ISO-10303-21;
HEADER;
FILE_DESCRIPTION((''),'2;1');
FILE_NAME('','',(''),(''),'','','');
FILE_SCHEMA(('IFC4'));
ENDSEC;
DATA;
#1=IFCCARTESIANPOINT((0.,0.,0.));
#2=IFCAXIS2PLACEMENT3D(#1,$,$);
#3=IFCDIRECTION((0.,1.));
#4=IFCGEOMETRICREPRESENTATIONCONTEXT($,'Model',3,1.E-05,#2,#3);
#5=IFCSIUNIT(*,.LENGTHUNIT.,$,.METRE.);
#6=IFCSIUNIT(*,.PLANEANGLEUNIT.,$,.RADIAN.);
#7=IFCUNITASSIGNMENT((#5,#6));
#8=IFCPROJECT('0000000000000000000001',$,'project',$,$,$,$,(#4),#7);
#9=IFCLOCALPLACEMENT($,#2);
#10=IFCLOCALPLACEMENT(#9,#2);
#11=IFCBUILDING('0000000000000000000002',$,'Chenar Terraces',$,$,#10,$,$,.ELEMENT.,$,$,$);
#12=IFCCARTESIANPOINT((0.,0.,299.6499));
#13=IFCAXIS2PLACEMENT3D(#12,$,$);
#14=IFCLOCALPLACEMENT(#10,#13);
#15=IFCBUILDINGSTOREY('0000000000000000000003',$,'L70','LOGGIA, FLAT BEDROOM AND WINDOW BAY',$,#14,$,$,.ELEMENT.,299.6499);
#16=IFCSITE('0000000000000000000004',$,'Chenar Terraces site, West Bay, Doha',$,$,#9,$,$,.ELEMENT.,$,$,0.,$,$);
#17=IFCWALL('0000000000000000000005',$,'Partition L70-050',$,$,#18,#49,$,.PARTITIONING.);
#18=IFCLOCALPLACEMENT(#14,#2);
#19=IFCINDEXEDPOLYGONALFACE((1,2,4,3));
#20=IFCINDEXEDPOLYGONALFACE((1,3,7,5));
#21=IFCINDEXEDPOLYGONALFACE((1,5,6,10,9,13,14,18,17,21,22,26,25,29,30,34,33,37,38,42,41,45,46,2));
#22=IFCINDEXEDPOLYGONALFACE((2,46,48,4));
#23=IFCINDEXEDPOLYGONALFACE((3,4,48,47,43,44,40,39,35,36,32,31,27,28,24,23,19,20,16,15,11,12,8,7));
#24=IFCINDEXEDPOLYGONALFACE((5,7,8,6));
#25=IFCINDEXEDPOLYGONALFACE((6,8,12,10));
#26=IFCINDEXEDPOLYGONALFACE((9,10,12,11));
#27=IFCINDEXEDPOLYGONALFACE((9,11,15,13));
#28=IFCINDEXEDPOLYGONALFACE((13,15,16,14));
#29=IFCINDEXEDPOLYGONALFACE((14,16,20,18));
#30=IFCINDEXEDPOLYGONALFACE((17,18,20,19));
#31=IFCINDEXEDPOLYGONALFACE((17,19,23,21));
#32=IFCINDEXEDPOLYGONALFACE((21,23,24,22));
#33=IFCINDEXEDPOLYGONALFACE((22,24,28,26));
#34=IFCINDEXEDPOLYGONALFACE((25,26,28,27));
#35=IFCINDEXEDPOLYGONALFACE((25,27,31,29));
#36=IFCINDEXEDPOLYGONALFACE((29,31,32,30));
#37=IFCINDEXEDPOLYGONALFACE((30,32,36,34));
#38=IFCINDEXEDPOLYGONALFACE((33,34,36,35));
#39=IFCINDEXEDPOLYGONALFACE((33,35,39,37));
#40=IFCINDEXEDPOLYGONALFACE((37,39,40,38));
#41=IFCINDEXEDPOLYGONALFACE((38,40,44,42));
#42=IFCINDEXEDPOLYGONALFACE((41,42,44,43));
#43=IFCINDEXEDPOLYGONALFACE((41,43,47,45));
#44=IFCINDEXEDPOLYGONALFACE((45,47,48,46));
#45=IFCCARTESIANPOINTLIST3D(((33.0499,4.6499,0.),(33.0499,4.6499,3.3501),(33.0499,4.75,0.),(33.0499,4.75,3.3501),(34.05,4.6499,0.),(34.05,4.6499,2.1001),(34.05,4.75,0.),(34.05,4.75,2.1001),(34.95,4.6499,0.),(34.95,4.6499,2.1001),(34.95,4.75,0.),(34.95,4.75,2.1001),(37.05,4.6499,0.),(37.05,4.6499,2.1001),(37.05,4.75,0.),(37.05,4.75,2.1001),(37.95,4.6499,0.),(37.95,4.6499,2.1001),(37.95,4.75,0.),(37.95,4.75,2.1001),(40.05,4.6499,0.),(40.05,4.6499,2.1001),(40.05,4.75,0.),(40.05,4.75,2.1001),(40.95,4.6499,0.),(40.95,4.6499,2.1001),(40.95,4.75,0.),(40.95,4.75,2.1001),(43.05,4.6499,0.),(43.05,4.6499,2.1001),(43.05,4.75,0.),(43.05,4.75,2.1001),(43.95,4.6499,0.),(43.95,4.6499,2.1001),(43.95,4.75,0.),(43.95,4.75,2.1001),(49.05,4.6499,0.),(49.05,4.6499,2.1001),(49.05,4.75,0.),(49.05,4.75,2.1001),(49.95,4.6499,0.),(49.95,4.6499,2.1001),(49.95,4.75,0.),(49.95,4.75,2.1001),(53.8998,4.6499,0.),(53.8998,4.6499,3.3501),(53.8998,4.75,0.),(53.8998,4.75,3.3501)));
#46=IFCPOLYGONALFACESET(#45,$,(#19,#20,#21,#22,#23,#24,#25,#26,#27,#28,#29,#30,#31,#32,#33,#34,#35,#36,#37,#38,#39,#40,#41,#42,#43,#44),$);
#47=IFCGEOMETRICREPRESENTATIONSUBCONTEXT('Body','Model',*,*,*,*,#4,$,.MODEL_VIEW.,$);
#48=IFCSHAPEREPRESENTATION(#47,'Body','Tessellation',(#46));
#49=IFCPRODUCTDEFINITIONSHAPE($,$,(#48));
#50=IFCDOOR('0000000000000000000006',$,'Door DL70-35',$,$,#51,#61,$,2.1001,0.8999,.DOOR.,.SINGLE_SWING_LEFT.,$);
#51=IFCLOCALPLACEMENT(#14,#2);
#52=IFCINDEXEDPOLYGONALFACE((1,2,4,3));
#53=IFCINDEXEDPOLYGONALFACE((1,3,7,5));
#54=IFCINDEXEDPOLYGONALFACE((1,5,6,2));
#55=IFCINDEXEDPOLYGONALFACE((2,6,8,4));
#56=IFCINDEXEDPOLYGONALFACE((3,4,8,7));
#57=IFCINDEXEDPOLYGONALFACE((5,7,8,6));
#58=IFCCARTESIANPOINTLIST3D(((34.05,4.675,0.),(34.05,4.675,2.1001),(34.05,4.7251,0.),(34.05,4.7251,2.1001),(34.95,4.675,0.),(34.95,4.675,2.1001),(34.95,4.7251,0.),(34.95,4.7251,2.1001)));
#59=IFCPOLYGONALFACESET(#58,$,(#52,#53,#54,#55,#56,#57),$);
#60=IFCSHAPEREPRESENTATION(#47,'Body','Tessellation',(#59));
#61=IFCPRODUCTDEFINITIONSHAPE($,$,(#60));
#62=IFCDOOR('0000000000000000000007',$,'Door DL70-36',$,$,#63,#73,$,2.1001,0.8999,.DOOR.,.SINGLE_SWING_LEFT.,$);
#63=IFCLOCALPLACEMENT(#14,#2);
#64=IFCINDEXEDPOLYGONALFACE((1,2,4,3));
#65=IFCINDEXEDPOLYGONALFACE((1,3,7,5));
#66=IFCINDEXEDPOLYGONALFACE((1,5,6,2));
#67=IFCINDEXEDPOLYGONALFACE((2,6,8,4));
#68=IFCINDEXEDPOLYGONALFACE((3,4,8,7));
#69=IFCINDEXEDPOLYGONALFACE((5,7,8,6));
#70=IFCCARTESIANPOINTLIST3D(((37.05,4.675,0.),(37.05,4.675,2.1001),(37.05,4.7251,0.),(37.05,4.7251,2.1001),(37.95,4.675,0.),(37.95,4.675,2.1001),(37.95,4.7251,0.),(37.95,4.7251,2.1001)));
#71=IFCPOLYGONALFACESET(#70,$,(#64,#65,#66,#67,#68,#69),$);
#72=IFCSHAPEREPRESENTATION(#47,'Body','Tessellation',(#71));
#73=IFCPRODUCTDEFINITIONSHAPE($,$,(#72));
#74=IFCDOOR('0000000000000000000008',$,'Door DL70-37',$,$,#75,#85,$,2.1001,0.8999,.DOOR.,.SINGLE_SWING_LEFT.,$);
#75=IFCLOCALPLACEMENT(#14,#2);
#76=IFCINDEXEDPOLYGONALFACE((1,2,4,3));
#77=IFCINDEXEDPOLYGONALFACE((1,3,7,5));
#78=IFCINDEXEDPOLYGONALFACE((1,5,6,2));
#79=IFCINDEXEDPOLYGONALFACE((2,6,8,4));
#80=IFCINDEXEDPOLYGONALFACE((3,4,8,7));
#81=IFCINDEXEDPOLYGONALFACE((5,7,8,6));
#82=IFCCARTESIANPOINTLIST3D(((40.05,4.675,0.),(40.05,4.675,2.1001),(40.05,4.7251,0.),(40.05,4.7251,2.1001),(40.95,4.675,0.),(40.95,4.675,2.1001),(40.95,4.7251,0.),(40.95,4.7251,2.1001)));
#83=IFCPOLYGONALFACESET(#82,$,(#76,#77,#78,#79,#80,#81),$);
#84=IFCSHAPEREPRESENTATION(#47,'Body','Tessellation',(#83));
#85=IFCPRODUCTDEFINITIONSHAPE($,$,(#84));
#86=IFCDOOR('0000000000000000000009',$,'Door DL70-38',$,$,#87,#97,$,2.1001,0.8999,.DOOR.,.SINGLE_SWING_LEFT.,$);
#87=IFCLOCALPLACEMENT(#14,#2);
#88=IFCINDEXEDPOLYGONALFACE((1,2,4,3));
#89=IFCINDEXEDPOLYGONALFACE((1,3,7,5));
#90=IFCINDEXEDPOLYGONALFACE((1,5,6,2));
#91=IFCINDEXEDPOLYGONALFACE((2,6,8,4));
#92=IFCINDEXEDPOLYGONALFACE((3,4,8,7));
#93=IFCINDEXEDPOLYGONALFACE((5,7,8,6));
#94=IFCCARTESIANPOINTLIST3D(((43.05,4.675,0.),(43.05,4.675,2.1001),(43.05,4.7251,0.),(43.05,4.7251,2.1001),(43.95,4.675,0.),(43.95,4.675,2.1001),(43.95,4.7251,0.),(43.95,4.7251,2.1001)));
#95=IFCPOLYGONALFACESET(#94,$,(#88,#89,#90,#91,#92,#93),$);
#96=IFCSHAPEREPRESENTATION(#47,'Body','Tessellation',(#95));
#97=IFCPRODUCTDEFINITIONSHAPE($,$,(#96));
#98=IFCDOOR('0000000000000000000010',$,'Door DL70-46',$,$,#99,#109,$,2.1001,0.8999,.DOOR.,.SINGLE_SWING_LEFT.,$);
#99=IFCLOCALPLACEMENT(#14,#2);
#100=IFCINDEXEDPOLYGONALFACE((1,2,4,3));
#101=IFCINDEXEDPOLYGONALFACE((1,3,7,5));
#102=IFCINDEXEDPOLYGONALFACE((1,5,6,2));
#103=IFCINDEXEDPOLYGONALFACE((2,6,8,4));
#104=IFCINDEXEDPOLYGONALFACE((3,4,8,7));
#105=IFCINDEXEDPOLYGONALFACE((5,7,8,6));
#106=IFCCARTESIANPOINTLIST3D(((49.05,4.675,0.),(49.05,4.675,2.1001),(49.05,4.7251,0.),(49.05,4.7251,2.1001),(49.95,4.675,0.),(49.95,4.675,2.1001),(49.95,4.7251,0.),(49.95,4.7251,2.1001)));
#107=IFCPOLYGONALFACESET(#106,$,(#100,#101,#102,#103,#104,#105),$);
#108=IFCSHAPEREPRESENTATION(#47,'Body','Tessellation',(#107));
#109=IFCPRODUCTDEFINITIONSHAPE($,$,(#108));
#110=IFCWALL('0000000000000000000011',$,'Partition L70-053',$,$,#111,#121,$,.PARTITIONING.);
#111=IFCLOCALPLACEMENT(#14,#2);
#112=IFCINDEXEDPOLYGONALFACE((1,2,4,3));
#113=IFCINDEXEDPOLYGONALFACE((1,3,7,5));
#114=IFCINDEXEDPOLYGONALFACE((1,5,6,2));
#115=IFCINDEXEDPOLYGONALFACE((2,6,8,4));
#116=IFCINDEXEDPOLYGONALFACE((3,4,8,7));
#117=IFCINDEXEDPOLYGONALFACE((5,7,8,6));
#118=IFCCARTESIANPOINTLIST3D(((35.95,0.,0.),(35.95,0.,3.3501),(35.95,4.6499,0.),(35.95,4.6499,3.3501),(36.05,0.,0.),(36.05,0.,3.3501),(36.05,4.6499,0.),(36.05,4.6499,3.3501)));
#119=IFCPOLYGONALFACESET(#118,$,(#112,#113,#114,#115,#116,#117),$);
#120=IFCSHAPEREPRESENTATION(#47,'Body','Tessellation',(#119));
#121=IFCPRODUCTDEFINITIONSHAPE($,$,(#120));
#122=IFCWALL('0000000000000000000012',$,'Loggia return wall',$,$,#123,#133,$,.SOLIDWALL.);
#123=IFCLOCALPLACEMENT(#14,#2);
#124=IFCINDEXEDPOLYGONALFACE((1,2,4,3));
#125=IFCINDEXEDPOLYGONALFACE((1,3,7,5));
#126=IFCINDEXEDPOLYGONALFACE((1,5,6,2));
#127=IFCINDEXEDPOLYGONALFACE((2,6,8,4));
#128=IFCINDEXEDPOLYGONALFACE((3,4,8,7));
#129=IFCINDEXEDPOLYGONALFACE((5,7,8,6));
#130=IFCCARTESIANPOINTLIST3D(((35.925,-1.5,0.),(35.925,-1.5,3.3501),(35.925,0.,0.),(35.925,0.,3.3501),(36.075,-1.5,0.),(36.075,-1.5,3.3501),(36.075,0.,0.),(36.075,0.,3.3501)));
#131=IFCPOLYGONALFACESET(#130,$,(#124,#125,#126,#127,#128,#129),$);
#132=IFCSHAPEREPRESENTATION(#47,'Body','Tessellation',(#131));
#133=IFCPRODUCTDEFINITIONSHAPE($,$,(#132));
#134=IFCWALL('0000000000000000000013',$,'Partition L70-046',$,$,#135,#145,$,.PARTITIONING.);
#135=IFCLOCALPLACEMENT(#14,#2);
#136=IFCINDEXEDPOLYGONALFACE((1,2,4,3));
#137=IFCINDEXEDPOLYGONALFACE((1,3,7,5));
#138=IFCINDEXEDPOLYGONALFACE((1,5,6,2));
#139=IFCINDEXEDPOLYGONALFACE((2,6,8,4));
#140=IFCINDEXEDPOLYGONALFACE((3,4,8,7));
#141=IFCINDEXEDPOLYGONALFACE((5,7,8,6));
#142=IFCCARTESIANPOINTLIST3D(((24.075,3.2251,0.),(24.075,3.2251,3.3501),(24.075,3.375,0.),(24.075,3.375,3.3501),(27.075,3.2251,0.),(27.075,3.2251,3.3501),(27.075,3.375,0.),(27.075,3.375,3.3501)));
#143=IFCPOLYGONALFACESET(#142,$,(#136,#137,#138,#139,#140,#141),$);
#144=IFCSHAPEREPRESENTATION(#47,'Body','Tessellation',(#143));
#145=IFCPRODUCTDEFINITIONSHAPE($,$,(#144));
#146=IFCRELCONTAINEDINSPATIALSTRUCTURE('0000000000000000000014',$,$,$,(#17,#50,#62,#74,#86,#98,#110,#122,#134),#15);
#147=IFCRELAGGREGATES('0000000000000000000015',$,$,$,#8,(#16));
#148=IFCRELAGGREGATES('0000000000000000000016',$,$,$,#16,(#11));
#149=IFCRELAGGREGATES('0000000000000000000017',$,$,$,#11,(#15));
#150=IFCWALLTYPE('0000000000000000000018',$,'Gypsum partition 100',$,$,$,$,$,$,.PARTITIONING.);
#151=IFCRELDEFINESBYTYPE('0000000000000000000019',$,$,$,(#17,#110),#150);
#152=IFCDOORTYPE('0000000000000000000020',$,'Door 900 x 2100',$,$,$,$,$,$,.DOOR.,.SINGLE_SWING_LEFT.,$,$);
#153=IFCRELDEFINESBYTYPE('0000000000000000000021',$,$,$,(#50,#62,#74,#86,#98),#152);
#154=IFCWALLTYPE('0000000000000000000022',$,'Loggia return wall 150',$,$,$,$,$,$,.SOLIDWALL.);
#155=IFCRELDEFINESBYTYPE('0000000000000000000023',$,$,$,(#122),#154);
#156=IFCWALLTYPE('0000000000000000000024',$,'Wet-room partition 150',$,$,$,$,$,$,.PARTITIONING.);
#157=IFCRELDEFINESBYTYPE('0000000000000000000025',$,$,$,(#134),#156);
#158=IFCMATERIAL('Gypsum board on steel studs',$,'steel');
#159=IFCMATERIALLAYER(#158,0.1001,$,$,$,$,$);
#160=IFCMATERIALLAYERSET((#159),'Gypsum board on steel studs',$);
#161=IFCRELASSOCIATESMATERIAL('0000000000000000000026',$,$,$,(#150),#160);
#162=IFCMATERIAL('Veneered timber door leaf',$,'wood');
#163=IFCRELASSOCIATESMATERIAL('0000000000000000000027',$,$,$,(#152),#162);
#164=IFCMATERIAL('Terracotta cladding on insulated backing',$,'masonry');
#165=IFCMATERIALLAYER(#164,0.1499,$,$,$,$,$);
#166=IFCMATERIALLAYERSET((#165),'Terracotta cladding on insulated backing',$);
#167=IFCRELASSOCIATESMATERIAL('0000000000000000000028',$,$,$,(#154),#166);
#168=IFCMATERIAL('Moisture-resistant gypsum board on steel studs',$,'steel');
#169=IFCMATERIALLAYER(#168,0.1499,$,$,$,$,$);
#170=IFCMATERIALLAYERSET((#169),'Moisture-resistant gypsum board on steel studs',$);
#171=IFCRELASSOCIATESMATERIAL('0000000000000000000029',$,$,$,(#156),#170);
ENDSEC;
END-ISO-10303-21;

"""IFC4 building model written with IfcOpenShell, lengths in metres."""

from ifc_helpers import new_model, si_unit, direction, frame, frame_2d, origin, place, context, subcontext, project, spatial, rectangle, extrude, material, layer, layer_set, type_object, element, fill, save


model = new_model("IFC4")

# Units and contexts
model_context = context("Model", 3, precision=1e-05, world=origin(), true_north=direction((0.0, 1.0)))
body_context = subcontext(model_context, "Body", "Model", "MODEL_VIEW")
ifc_project = project(units=[si_unit("LENGTHUNIT", "METRE"), si_unit("PLANEANGLEUNIT", "RADIAN")], contexts=[model_context])

# Site, building, storey
site_placement = place(None, origin())
site = spatial("IfcSite", under=ifc_project, at=site_placement, Name="Chenar Terraces site, West Bay, Doha", CompositionType="ELEMENT", RefElevation=0.0)
building_placement = place(site_placement, origin())
building = spatial("IfcBuilding", under=site, at=building_placement, Name="Chenar Terraces", CompositionType="ELEMENT")
storey_placement = place(building_placement, frame((0.0, 0.0, 299.6499)))
storey = spatial("IfcBuildingStorey", under=building, at=storey_placement, Name="L70", Description="LOGGIA, FLAT BEDROOM AND WINDOW BAY", CompositionType="ELEMENT", Elevation=299.6499)

# Shared definitions
ifc_material_1 = material(Name="Gypsum board on steel studs", Category="steel")
ifc_layer_1 = layer(ifc_material_1, 0.1001)
ifc_layer_set_1 = layer_set([ifc_layer_1], Name="Gypsum board on steel studs")
wall_type_1 = type_object("IfcWallType", Name="Gypsum partition 100", PredefinedType="PARTITIONING", material=ifc_layer_set_1)

# Shared definitions
ifc_material_2 = material(Name="Veneered timber door leaf", Category="wood")
door_type_1 = type_object("IfcDoorType", Name="Door 900 x 2100", OperationType="SINGLE_SWING_LEFT", PredefinedType="DOOR", material=ifc_material_2)

# Wall, openings, doors
wall_1_placement = place(storey_placement, frame((33.05, 4.7, 0.0), z_axis=(0.0, 0.0, 1.0), x_axis=(1.0, 0.0, 0.0)))
wall_1 = element("IfcWall", 1, at=wall_1_placement, inside=storey, type_object=wall_type_1, Name="Partition L70-050", PredefinedType="PARTITIONING", context=body_context, shape_type="SweptSolid", body=[
    extrude(rectangle(XDim=20.8499, YDim=0.1001, at=frame_2d((10.4248, 0.0))), origin(), (0.0, 0.0, 1.0), 3.3501),
])
opening_1_placement = place(wall_1_placement, frame((1.0, 0.0, 0.0)))
opening_1 = element("IfcOpeningElement", 2, at=opening_1_placement, cuts=wall_1, PredefinedType="OPENING", context=body_context, shape_type="SweptSolid", body=[
    extrude(rectangle(XDim=0.8999, YDim=2.1001, at=frame_2d((0.45, 1.05))), frame((0.0, 0.0601, 0.0), z_axis=(0.0, -1.0, 0.0), x_axis=(1.0, 0.0, 0.0)), (0.0, 0.0, 1.0), 0.1201),
])
opening_2_placement = place(wall_1_placement, frame((4.0, 0.0, 0.0)))
opening_2 = element("IfcOpeningElement", 3, at=opening_2_placement, cuts=wall_1, PredefinedType="OPENING", context=body_context, shape_type="SweptSolid", body=[
    extrude(rectangle(XDim=0.8999, YDim=2.1001, at=frame_2d((0.45, 1.05))), frame((0.0, 0.0601, 0.0), z_axis=(0.0, -1.0, 0.0), x_axis=(1.0, 0.0, 0.0)), (0.0, 0.0, 1.0), 0.1201),
])
opening_3_placement = place(wall_1_placement, frame((7.0, 0.0, 0.0)))
opening_3 = element("IfcOpeningElement", 4, at=opening_3_placement, cuts=wall_1, PredefinedType="OPENING", context=body_context, shape_type="SweptSolid", body=[
    extrude(rectangle(XDim=0.8999, YDim=2.1001, at=frame_2d((0.45, 1.05))), frame((0.0, 0.0601, 0.0), z_axis=(0.0, -1.0, 0.0), x_axis=(1.0, 0.0, 0.0)), (0.0, 0.0, 1.0), 0.1201),
])
opening_4_placement = place(wall_1_placement, frame((10.0, 0.0, 0.0)))
opening_4 = element("IfcOpeningElement", 5, at=opening_4_placement, cuts=wall_1, PredefinedType="OPENING", context=body_context, shape_type="SweptSolid", body=[
    extrude(rectangle(XDim=0.8999, YDim=2.1001, at=frame_2d((0.45, 1.05))), frame((0.0, 0.0601, 0.0), z_axis=(0.0, -1.0, 0.0), x_axis=(1.0, 0.0, 0.0)), (0.0, 0.0, 1.0), 0.1201),
])
opening_5_placement = place(wall_1_placement, frame((16.0, 0.0, 0.0)))
opening_5 = element("IfcOpeningElement", 6, at=opening_5_placement, cuts=wall_1, PredefinedType="OPENING", context=body_context, shape_type="SweptSolid", body=[
    extrude(rectangle(XDim=0.8999, YDim=2.1001, at=frame_2d((0.45, 1.05))), frame((0.0, 0.0601, 0.0), z_axis=(0.0, -1.0, 0.0), x_axis=(1.0, 0.0, 0.0)), (0.0, 0.0, 1.0), 0.1201),
])
door_1_placement = place(opening_1_placement, frame((0.8999, 0.0, 0.0), z_axis=(0.0, 0.0, 1.0), x_axis=(-1.0, 0.0, 0.0)))
door_1 = element("IfcDoor", 7, at=door_1_placement, inside=storey, type_object=door_type_1, Name="Door DL70-35", OperationType="SINGLE_SWING_LEFT", OverallHeight=2.1001, OverallWidth=0.8999, PredefinedType="DOOR", context=body_context, shape_type="SweptSolid", body=[
    extrude(rectangle(XDim=0.8999, YDim=2.1001, at=frame_2d((0.45, 1.05))), frame((0.0, 0.0249, 0.0), z_axis=(0.0, -1.0, 0.0), x_axis=(1.0, 0.0, 0.0)), (0.0, 0.0, 1.0), 0.05),
])
fill(opening_1, door_1)
door_2_placement = place(opening_2_placement, frame((0.8999, 0.0, 0.0), z_axis=(0.0, 0.0, 1.0), x_axis=(-1.0, 0.0, 0.0)))
door_2 = element("IfcDoor", 8, at=door_2_placement, inside=storey, type_object=door_type_1, Name="Door DL70-36", OperationType="SINGLE_SWING_LEFT", OverallHeight=2.1001, OverallWidth=0.8999, PredefinedType="DOOR", context=body_context, shape_type="SweptSolid", body=[
    extrude(rectangle(XDim=0.8999, YDim=2.1001, at=frame_2d((0.45, 1.05))), frame((0.0, 0.0249, 0.0), z_axis=(0.0, -1.0, 0.0), x_axis=(1.0, 0.0, 0.0)), (0.0, 0.0, 1.0), 0.05),
])
fill(opening_2, door_2)
door_3_placement = place(opening_3_placement, frame((0.8999, 0.0, 0.0), z_axis=(0.0, 0.0, 1.0), x_axis=(-1.0, 0.0, 0.0)))
door_3 = element("IfcDoor", 9, at=door_3_placement, inside=storey, type_object=door_type_1, Name="Door DL70-37", OperationType="SINGLE_SWING_LEFT", OverallHeight=2.1001, OverallWidth=0.8999, PredefinedType="DOOR", context=body_context, shape_type="SweptSolid", body=[
    extrude(rectangle(XDim=0.8999, YDim=2.1001, at=frame_2d((0.45, 1.05))), frame((0.0, 0.0249, 0.0), z_axis=(0.0, -1.0, 0.0), x_axis=(1.0, 0.0, 0.0)), (0.0, 0.0, 1.0), 0.05),
])
fill(opening_3, door_3)
door_4_placement = place(opening_4_placement, frame((0.8999, 0.0, 0.0), z_axis=(0.0, 0.0, 1.0), x_axis=(-1.0, 0.0, 0.0)))
door_4 = element("IfcDoor", 10, at=door_4_placement, inside=storey, type_object=door_type_1, Name="Door DL70-38", OperationType="SINGLE_SWING_LEFT", OverallHeight=2.1001, OverallWidth=0.8999, PredefinedType="DOOR", context=body_context, shape_type="SweptSolid", body=[
    extrude(rectangle(XDim=0.8999, YDim=2.1001, at=frame_2d((0.45, 1.05))), frame((0.0, 0.0249, 0.0), z_axis=(0.0, -1.0, 0.0), x_axis=(1.0, 0.0, 0.0)), (0.0, 0.0, 1.0), 0.05),
])
fill(opening_4, door_4)
door_5_placement = place(opening_5_placement, frame((0.8999, 0.0, 0.0), z_axis=(0.0, 0.0, 1.0), x_axis=(-1.0, 0.0, 0.0)))
door_5 = element("IfcDoor", 11, at=door_5_placement, inside=storey, type_object=door_type_1, Name="Door DL70-46", OperationType="SINGLE_SWING_LEFT", OverallHeight=2.1001, OverallWidth=0.8999, PredefinedType="DOOR", context=body_context, shape_type="SweptSolid", body=[
    extrude(rectangle(XDim=0.8999, YDim=2.1001, at=frame_2d((0.45, 1.05))), frame((0.0, 0.0249, 0.0), z_axis=(0.0, -1.0, 0.0), x_axis=(1.0, 0.0, 0.0)), (0.0, 0.0, 1.0), 0.05),
])
fill(opening_5, door_5)

# Walls
wall_2_placement = place(storey_placement, frame((36.0, 0.0, 0.0), z_axis=(0.0, 0.0, 1.0), x_axis=(0.0, 1.0, 0.0)))
element("IfcWall", 12, at=wall_2_placement, inside=storey, type_object=wall_type_1, Name="Partition L70-053", PredefinedType="PARTITIONING", context=body_context, shape_type="SweptSolid", body=[
    extrude(rectangle(XDim=4.6499, YDim=0.1001, at=frame_2d((2.325, 0.0))), origin(), (0.0, 0.0, 1.0), 3.3501),
])
ifc_material_3 = material(Name="Terracotta cladding on insulated backing", Category="masonry")
ifc_layer_2 = layer(ifc_material_3, 0.1499)
ifc_layer_set_2 = layer_set([ifc_layer_2], Name="Terracotta cladding on insulated backing")
wall_type_2 = type_object("IfcWallType", Name="Loggia return wall 150", PredefinedType="SOLIDWALL", material=ifc_layer_set_2)
wall_3_placement = place(storey_placement, frame((36.0, -1.5, 0.0), z_axis=(0.0, 0.0, 1.0), x_axis=(0.0, 1.0, 0.0)))
element("IfcWall", 13, at=wall_3_placement, inside=storey, type_object=wall_type_2, Name="Loggia return wall", PredefinedType="SOLIDWALL", context=body_context, shape_type="SweptSolid", body=[
    extrude(rectangle(XDim=1.5, YDim=0.1499, at=frame_2d((0.75, 0.0))), origin(), (0.0, 0.0, 1.0), 3.3501),
])
ifc_material_4 = material(Name="Moisture-resistant gypsum board on steel studs", Category="steel")
ifc_layer_3 = layer(ifc_material_4, 0.1499)
ifc_layer_set_3 = layer_set([ifc_layer_3], Name="Moisture-resistant gypsum board on steel studs")
wall_type_3 = type_object("IfcWallType", Name="Wet-room partition 150", PredefinedType="PARTITIONING", material=ifc_layer_set_3)
wall_4_placement = place(storey_placement, frame((24.075, 3.3, 0.0), z_axis=(0.0, 0.0, 1.0), x_axis=(1.0, 0.0, 0.0)))
element("IfcWall", 14, at=wall_4_placement, inside=storey, type_object=wall_type_3, Name="Partition L70-046", PredefinedType="PARTITIONING", context=body_context, shape_type="SweptSolid", body=[
    extrude(rectangle(XDim=3.0, YDim=0.1499, at=frame_2d((1.5, 0.0))), origin(), (0.0, 0.0, 1.0), 3.3501),
])

save(model, "model.ifc")
